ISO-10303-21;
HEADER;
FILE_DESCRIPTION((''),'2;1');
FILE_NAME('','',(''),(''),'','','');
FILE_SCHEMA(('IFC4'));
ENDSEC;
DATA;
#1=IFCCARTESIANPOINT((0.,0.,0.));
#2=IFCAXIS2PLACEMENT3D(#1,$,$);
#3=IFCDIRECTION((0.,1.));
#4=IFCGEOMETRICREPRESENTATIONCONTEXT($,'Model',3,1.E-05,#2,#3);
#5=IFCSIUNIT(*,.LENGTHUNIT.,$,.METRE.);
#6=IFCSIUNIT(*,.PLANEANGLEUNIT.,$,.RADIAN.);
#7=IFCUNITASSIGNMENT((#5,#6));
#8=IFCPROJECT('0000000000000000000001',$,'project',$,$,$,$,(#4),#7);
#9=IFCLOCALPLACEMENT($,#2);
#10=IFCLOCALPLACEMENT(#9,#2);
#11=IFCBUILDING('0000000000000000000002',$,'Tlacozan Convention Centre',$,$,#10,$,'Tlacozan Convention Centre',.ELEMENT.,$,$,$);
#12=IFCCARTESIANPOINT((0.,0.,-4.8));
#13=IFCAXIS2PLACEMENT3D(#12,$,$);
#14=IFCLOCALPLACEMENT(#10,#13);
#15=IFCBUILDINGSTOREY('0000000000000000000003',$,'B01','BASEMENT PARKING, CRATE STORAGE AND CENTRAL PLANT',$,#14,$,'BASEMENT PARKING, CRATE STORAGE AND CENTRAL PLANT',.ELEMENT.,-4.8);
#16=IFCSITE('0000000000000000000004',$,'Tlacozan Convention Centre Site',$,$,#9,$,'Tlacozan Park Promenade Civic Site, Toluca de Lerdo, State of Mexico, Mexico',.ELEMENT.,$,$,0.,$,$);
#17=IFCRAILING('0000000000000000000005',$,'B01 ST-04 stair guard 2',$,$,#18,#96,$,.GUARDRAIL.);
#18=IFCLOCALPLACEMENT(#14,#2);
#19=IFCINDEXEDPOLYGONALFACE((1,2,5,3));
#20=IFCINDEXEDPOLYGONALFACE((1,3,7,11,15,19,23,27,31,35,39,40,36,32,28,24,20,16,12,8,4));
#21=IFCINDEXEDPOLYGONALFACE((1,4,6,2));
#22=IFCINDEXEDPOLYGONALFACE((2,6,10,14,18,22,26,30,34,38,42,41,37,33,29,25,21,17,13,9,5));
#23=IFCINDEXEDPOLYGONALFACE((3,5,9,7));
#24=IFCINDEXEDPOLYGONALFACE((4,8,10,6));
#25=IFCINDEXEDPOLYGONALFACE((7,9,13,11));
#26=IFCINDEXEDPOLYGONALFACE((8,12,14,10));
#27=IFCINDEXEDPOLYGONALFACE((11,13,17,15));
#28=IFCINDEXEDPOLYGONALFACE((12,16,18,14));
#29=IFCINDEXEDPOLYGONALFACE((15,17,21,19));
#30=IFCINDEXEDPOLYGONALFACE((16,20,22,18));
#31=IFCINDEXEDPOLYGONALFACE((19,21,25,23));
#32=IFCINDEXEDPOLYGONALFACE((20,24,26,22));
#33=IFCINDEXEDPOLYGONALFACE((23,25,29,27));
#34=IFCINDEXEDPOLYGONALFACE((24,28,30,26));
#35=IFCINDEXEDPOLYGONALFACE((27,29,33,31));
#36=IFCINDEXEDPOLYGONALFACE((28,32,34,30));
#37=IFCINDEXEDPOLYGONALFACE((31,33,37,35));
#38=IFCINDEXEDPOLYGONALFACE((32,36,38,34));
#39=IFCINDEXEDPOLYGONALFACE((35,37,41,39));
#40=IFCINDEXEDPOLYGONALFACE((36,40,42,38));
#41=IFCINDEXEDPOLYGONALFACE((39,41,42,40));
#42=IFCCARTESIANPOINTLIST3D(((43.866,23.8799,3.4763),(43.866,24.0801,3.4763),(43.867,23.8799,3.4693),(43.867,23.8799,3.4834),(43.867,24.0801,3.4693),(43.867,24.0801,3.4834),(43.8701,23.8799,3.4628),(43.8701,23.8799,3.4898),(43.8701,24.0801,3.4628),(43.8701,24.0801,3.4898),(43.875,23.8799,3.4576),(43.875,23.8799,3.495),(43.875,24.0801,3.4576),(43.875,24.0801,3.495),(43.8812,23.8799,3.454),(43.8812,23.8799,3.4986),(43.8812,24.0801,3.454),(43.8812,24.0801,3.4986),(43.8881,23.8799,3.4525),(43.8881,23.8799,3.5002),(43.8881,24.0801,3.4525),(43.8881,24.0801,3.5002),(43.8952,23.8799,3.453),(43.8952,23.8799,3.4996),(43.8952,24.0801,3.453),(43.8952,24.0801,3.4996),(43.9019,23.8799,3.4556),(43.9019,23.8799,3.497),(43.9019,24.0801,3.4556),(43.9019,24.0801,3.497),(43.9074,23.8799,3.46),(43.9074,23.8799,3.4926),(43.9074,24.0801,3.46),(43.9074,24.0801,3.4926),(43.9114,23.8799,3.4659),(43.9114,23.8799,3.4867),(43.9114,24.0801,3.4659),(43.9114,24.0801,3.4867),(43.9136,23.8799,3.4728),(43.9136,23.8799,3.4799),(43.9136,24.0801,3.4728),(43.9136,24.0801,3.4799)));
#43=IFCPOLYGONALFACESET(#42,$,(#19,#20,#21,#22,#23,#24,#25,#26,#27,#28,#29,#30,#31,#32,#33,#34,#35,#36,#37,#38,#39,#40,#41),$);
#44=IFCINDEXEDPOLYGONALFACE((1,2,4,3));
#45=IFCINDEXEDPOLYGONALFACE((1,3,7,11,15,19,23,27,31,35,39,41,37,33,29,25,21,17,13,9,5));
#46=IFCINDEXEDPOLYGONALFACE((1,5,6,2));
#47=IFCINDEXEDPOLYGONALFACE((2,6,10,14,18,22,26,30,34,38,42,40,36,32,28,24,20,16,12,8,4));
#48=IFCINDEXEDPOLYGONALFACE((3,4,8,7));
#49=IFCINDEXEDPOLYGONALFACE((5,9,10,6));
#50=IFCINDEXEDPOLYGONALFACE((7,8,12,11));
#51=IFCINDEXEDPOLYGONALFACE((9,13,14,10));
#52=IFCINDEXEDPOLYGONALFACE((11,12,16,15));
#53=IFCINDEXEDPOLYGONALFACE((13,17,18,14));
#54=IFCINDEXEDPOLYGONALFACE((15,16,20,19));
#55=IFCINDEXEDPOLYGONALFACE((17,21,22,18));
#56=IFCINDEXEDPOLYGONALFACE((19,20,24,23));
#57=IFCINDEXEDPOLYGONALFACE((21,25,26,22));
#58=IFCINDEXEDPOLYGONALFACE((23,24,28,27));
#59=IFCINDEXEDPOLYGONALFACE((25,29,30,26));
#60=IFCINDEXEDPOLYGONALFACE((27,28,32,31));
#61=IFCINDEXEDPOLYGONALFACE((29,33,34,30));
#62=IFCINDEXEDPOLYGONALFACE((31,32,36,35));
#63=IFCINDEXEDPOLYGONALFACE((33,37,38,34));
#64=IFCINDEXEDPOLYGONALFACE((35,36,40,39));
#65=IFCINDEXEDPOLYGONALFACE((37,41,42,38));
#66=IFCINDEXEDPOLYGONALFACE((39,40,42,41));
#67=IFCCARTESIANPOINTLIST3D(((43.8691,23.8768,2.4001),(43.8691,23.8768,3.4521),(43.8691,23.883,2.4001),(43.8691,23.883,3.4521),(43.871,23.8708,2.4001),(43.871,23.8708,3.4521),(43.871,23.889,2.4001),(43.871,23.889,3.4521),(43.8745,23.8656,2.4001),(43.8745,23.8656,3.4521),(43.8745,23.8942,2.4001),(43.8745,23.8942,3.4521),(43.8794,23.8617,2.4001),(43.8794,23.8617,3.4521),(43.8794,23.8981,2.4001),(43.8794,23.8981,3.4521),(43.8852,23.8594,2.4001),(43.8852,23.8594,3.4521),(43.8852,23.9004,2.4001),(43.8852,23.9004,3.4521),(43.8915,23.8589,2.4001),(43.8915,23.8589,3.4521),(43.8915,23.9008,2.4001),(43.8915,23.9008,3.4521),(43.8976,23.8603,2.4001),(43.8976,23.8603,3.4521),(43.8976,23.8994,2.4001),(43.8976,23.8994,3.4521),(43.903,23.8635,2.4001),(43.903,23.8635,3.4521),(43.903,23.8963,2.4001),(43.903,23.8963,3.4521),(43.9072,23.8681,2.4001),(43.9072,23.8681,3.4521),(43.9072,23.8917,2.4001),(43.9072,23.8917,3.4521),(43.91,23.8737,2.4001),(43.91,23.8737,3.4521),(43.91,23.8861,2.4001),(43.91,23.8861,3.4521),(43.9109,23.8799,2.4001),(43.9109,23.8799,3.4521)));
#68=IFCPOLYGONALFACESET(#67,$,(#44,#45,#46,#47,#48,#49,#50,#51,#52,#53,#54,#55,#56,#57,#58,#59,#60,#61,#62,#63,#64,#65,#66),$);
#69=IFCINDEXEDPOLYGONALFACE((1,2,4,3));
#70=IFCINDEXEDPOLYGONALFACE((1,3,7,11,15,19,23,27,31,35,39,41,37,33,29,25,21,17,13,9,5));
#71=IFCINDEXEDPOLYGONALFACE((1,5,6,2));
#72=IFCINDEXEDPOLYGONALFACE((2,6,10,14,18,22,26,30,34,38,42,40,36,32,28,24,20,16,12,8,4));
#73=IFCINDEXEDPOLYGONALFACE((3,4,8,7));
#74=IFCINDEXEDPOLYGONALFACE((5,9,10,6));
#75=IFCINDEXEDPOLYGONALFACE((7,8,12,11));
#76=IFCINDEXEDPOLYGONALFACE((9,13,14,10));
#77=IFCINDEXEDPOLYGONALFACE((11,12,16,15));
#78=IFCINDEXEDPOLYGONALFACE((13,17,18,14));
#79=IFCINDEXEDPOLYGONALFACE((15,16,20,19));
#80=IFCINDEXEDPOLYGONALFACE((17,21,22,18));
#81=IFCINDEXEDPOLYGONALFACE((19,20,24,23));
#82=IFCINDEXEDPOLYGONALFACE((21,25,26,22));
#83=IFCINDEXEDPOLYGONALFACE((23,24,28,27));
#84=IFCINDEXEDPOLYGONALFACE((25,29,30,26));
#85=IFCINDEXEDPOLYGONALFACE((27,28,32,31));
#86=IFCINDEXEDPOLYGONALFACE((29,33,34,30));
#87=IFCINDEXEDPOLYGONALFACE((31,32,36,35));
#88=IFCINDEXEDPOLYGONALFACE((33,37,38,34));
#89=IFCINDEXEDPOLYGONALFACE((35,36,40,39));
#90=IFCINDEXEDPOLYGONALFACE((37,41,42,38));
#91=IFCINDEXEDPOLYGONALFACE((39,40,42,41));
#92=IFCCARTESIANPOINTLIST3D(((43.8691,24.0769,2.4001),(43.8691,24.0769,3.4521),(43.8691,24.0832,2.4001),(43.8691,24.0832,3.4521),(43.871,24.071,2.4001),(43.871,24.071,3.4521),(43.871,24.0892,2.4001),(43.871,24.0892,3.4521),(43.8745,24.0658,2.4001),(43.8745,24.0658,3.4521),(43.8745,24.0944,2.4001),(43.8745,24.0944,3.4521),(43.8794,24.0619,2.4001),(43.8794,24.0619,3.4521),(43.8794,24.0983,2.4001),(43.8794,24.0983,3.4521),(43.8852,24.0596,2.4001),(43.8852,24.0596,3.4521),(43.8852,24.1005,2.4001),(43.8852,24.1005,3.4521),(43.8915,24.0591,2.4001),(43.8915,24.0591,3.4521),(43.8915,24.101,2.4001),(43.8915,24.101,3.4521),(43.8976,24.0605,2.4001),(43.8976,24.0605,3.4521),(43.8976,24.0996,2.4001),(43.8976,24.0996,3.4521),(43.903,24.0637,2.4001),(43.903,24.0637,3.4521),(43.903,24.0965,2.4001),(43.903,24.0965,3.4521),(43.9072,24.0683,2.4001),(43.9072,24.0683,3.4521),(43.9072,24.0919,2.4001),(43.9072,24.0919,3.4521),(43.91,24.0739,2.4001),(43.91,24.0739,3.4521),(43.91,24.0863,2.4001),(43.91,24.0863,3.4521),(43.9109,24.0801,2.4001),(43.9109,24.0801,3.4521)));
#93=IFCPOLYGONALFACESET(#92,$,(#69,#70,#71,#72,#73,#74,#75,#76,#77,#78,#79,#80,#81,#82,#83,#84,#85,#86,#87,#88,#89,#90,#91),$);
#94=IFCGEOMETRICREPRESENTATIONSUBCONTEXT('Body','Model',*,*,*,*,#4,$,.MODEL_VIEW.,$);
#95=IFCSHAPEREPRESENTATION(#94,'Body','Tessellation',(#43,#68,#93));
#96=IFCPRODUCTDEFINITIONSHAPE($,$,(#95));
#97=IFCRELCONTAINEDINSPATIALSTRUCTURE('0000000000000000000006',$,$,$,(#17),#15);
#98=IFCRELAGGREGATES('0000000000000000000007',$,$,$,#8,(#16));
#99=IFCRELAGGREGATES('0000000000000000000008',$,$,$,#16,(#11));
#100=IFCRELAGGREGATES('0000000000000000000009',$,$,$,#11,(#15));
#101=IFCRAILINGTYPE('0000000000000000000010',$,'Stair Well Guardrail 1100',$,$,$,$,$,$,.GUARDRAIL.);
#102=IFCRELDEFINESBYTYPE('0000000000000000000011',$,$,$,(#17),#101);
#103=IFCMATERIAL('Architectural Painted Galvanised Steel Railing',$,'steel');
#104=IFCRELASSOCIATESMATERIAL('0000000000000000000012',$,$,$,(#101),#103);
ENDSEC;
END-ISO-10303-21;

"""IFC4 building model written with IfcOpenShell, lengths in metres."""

from ifc_helpers import new_model, si_unit, direction, frame, origin, origin_2d, place, context, subcontext, project, spatial, circle, extrude, material, type_object, element, save


model = new_model("IFC4")

# Units and contexts
model_context = context("Model", 3, precision=1e-05, world=origin(), true_north=direction((0.0, 1.0)))
body_context = subcontext(model_context, "Body", "Model", "MODEL_VIEW")
ifc_project = project(units=[si_unit("LENGTHUNIT", "METRE"), si_unit("PLANEANGLEUNIT", "RADIAN")], contexts=[model_context])

# Site, building, storey
site_placement = place(None, origin())
site = spatial("IfcSite", under=ifc_project, at=site_placement, Name="Tlacozan Convention Centre Site", LongName="Tlacozan Park Promenade Civic Site, Toluca de Lerdo, State of Mexico, Mexico", CompositionType="ELEMENT", RefElevation=0.0)
building_placement = place(site_placement, origin())
building = spatial("IfcBuilding", under=site, at=building_placement, Name="Tlacozan Convention Centre", LongName="Tlacozan Convention Centre", CompositionType="ELEMENT")
storey_placement = place(building_placement, frame((0.0, 0.0, -4.8)))
storey = spatial("IfcBuildingStorey", under=building, at=storey_placement, Name="B01", Description="BASEMENT PARKING, CRATE STORAGE AND CENTRAL PLANT", LongName="BASEMENT PARKING, CRATE STORAGE AND CENTRAL PLANT", CompositionType="ELEMENT", Elevation=-4.8)

# Railing
ifc_material_1 = material(Name="Architectural Painted Galvanised Steel Railing", Category="steel")
railing_type_1 = type_object("IfcRailingType", Name="Stair Well Guardrail 1100", PredefinedType="GUARDRAIL", material=ifc_material_1)
railing_1_placement = place(storey_placement, frame((43.8899, 23.8799, 2.4001)))
element("IfcRailing", 1, at=railing_1_placement, inside=storey, type_object=railing_type_1, Name="B01 ST-04 stair guard 2", PredefinedType="GUARDRAIL", context=body_context, shape_type="SweptSolid", body=[
    extrude(circle(Radius=0.0239, at=origin_2d()), frame((0.0, 0.0, 1.0762), z_axis=(0.0, 1.0, 0.0), x_axis=(-1.0, 0.0, 0.0)), (0.0, 0.0, 1.0), 0.2002),
    extrude(circle(Radius=0.021, at=origin_2d()), origin(), (0.0, 0.0, 1.0), 1.052),
    extrude(circle(Radius=0.021, at=origin_2d()), frame((0.0, 0.2002, 0.0)), (0.0, 0.0, 1.0), 1.052),
])

save(model, "model.ifc")
